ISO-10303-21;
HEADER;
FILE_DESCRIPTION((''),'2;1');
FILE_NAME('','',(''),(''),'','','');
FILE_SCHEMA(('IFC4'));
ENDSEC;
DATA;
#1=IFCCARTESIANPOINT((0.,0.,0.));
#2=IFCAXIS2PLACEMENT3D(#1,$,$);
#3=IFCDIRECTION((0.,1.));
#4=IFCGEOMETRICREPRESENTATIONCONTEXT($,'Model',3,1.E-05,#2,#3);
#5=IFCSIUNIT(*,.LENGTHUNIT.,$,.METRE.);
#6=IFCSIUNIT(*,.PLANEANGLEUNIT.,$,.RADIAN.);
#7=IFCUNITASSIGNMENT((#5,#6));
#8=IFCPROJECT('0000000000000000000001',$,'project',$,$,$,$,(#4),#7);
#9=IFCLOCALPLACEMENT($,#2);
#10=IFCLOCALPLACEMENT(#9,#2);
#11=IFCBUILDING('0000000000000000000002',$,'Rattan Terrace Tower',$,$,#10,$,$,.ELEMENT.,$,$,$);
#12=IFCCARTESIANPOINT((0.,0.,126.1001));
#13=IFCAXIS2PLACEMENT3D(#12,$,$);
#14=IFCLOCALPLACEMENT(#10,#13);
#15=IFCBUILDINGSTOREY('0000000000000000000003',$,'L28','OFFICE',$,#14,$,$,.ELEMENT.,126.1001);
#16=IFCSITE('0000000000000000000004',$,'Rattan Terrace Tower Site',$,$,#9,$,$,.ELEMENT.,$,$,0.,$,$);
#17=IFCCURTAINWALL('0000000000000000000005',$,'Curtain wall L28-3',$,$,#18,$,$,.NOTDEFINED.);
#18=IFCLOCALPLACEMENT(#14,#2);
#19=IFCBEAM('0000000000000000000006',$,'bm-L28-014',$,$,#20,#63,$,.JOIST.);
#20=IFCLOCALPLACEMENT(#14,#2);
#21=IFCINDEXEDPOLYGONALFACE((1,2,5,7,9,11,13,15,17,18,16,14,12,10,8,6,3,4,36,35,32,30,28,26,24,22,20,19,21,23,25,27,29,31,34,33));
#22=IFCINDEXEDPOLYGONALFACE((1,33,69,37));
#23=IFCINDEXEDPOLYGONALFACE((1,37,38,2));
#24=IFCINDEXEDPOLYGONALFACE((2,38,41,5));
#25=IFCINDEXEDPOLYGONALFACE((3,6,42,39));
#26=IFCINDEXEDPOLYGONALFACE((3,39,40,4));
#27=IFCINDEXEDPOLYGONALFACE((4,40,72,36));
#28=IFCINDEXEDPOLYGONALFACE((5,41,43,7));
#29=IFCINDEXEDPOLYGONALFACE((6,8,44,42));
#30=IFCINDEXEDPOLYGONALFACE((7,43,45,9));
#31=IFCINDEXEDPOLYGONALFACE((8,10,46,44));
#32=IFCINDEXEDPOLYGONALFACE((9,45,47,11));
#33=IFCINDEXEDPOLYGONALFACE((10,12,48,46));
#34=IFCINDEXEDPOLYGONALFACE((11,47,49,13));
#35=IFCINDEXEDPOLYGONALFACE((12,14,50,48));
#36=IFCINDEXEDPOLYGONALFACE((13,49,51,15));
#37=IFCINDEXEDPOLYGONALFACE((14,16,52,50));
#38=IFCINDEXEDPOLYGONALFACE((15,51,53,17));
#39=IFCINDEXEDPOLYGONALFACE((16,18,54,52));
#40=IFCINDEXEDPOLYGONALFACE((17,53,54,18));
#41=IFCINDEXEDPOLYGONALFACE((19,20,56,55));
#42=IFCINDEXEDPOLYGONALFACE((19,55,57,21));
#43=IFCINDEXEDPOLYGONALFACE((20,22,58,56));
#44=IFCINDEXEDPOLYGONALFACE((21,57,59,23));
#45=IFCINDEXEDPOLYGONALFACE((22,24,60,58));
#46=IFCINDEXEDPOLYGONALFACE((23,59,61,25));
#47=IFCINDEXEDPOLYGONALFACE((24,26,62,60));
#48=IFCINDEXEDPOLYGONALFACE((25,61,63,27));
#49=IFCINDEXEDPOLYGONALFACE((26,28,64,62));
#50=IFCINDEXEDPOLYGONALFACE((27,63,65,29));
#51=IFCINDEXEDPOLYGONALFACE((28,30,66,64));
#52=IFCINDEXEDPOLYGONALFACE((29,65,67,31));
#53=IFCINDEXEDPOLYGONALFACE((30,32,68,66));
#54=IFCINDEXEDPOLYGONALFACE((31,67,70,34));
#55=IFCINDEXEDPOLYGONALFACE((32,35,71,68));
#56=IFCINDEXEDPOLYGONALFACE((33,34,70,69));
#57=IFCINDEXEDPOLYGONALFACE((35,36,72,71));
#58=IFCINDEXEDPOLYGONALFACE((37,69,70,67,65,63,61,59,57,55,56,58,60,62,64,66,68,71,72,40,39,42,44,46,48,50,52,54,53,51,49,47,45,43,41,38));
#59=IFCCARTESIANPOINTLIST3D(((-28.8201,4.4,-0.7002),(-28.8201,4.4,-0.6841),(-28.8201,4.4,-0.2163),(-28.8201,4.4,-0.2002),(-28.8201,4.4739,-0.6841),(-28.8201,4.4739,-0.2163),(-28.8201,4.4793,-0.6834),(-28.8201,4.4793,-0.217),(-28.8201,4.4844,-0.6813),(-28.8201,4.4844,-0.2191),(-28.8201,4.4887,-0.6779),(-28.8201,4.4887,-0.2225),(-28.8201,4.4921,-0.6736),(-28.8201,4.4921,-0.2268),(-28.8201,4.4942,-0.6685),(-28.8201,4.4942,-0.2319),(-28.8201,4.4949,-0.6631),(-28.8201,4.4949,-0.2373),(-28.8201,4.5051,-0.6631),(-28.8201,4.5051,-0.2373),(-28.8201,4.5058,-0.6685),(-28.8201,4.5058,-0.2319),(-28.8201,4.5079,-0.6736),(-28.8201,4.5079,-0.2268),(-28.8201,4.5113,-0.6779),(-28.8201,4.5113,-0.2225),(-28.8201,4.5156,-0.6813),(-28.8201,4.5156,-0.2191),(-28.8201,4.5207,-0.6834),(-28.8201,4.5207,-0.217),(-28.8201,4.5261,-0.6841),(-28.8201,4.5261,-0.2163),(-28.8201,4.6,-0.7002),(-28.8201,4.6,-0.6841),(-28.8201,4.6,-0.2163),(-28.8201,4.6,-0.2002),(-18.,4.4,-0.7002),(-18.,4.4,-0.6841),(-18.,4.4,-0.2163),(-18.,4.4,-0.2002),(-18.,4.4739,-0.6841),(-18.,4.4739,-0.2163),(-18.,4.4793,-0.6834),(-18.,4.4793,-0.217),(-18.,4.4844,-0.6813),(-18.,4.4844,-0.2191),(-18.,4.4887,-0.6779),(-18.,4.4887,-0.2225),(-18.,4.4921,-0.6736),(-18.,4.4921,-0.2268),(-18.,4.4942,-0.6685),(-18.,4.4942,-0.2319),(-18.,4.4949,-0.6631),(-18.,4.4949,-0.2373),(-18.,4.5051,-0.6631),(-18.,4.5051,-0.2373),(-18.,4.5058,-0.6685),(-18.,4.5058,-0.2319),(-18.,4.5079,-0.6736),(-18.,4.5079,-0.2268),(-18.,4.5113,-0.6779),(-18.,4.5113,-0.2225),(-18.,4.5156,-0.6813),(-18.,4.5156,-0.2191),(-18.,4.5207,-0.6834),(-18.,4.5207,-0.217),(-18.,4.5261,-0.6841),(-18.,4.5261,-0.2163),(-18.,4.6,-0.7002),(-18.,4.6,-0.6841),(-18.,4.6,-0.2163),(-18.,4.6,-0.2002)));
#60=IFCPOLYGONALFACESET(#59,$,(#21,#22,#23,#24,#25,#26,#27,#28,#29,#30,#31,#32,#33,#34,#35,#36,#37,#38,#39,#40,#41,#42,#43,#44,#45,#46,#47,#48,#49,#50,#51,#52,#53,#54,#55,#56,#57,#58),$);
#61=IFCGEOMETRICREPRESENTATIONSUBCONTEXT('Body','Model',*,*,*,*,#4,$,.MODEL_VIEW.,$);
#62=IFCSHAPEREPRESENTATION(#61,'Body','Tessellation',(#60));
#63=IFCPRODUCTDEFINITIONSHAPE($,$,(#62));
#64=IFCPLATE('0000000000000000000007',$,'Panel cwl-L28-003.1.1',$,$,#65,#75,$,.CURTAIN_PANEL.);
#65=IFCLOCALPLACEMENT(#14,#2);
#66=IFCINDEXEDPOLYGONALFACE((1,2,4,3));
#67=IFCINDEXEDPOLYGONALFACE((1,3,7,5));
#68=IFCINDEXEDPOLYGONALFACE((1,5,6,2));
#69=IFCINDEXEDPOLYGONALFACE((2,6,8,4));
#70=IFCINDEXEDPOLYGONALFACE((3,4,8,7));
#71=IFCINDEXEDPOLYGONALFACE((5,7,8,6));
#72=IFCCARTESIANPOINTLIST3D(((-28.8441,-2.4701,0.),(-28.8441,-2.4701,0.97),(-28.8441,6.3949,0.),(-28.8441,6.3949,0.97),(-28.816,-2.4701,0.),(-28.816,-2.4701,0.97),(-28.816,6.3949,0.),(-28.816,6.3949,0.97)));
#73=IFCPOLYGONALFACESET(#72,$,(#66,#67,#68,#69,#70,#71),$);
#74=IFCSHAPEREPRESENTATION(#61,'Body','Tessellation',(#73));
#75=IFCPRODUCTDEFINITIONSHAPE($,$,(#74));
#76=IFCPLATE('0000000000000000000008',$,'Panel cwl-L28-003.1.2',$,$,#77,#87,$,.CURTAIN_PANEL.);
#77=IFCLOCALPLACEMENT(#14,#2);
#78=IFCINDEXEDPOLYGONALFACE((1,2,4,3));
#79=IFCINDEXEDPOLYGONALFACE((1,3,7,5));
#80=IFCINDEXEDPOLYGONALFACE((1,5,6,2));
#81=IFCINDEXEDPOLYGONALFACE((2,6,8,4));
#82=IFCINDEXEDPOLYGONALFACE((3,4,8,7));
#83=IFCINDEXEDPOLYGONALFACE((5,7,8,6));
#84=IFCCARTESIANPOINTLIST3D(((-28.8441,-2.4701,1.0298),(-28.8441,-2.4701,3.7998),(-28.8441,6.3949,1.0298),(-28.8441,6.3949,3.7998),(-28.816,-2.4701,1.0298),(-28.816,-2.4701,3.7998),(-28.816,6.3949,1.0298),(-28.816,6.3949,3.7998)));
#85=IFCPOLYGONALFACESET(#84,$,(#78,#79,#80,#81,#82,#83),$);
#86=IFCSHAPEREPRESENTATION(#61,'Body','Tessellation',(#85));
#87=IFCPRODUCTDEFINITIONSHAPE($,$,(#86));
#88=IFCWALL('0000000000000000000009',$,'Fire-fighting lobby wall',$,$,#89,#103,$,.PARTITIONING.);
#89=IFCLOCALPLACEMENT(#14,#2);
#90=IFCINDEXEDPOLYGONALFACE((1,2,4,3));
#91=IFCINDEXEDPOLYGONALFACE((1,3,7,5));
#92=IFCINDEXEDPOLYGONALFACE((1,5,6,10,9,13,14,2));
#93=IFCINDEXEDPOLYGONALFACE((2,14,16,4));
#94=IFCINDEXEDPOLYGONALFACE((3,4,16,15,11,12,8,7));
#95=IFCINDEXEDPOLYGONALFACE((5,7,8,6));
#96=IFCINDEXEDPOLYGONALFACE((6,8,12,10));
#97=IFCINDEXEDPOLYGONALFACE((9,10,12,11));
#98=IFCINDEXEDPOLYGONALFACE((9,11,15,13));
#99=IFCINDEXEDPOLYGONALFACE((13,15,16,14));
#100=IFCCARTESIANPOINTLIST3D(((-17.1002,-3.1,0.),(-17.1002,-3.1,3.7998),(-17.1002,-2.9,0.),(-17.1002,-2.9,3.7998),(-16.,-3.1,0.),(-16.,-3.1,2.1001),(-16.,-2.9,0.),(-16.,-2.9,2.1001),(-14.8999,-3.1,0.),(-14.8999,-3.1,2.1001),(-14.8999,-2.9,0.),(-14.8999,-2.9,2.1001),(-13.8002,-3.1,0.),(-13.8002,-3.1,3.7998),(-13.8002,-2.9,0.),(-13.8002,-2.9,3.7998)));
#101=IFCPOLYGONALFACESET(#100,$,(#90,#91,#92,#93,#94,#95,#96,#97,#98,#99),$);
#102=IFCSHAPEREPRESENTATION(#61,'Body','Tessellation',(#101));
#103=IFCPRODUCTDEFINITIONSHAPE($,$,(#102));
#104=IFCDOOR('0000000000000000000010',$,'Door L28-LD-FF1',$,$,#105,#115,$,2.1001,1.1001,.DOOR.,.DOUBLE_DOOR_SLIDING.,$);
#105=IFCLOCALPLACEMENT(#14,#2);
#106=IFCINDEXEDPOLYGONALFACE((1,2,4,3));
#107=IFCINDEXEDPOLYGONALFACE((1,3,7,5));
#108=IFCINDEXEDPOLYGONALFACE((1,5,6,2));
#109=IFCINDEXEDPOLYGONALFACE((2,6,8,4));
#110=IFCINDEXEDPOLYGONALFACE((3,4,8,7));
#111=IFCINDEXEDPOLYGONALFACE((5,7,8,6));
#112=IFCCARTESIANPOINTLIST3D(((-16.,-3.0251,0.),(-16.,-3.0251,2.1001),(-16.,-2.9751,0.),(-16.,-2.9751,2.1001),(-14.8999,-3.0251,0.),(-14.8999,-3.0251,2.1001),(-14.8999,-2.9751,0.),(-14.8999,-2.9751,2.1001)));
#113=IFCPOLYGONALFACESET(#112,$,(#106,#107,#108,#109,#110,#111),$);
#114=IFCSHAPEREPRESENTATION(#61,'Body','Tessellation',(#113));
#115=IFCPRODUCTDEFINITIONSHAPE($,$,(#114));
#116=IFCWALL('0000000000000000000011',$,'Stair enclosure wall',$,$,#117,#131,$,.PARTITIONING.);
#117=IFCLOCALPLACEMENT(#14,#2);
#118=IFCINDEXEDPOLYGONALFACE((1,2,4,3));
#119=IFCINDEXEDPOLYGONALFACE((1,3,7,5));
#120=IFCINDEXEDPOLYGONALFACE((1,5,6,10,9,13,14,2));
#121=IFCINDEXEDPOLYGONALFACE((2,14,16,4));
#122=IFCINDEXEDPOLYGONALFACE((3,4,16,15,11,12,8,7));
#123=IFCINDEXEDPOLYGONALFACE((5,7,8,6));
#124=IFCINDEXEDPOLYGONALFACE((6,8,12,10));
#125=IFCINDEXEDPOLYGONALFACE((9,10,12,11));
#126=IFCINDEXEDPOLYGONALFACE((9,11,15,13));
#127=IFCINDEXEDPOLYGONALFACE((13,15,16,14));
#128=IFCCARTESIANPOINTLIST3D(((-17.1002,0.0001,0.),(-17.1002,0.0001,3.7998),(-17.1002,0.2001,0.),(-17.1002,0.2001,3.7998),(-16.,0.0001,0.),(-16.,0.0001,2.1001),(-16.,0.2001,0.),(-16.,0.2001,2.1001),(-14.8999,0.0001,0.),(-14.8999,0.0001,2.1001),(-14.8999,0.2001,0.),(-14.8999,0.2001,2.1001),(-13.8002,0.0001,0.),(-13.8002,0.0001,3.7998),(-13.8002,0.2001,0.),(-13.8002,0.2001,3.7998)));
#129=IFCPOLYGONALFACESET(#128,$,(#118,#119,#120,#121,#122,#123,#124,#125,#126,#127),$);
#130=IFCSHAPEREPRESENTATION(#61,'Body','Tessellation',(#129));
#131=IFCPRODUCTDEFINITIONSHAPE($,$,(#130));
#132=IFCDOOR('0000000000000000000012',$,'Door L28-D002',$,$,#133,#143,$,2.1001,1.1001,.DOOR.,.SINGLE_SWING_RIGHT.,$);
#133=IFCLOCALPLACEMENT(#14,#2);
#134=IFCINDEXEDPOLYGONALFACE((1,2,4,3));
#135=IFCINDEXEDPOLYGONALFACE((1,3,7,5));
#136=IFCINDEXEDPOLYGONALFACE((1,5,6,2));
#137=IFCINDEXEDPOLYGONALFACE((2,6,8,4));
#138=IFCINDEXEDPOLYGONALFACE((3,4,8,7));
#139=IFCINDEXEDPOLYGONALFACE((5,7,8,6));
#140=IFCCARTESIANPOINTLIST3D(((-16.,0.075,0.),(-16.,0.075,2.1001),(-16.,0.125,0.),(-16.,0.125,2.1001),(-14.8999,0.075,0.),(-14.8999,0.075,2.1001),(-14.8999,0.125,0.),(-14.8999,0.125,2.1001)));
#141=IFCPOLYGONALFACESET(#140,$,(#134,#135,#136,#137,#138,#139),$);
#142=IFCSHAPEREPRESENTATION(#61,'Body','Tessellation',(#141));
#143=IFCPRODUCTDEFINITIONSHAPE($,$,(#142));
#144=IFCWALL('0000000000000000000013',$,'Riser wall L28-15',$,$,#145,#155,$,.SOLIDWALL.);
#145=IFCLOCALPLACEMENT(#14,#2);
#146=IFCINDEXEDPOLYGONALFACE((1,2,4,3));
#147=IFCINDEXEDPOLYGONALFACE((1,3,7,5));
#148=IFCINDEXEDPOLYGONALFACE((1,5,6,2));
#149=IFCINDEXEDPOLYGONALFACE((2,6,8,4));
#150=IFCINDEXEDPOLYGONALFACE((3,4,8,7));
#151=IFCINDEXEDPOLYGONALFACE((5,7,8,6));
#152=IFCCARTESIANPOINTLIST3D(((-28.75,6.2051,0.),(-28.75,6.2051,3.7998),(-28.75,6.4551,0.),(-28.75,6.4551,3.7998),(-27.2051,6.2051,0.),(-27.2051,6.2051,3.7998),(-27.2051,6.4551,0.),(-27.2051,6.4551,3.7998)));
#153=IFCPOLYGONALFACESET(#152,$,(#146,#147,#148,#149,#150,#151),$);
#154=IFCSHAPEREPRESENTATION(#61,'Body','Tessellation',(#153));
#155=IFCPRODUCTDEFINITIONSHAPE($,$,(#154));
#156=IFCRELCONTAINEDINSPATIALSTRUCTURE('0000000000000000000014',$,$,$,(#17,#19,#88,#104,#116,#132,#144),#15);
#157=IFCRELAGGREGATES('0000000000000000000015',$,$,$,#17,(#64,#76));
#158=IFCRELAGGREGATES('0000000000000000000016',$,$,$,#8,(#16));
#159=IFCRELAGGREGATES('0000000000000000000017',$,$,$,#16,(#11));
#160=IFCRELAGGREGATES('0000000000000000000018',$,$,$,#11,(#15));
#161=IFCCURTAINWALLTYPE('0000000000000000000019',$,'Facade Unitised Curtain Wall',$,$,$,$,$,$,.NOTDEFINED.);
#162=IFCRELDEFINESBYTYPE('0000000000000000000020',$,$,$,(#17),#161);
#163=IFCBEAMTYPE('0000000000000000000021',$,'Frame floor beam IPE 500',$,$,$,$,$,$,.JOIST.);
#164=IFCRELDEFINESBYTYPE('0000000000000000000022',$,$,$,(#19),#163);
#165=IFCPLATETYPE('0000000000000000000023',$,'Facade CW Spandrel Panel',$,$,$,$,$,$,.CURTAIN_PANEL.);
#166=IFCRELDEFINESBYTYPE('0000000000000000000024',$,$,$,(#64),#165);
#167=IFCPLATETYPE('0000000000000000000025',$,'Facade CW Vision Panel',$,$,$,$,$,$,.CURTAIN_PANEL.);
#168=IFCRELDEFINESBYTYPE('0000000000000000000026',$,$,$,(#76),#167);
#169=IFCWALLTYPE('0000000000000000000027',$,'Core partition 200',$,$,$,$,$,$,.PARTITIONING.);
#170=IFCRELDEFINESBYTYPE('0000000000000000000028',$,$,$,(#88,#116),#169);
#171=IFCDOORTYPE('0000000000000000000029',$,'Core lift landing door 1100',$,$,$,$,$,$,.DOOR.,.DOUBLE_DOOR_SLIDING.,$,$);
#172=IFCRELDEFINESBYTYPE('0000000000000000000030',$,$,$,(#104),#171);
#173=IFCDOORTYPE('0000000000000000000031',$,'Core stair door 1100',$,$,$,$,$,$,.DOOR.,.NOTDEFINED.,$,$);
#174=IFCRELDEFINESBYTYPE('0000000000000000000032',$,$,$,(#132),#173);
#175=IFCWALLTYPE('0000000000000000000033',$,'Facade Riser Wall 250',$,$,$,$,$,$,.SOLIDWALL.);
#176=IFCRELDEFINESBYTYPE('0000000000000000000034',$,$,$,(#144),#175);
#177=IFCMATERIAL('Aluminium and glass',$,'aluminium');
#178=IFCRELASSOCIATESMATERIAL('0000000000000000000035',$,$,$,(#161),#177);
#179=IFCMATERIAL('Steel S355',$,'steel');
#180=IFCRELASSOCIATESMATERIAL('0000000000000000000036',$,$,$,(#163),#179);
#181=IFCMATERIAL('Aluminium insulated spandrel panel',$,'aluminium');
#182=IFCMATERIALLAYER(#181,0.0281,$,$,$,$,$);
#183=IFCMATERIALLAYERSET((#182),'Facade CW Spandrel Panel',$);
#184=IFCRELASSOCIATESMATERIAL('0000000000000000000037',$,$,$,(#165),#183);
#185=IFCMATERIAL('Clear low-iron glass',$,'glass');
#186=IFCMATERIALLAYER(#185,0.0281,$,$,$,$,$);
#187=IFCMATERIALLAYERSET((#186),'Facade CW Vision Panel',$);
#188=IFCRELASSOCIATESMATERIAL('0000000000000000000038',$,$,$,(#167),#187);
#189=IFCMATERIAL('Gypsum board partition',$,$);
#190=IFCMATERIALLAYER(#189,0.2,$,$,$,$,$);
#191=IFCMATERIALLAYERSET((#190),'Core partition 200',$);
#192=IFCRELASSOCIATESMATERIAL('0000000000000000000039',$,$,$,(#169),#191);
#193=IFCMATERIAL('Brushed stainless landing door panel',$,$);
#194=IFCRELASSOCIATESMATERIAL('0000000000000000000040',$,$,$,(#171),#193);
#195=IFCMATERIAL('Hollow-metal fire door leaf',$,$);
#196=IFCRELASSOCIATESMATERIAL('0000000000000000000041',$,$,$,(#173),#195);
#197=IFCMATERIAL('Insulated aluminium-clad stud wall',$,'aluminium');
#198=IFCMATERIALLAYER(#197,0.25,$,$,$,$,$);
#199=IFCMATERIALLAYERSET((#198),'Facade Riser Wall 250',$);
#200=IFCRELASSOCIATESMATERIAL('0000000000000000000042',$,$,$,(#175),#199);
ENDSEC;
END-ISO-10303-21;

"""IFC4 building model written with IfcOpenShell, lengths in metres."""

from ifc_helpers import new_model, si_unit, direction, frame, frame_2d, origin, origin_2d, place, context, subcontext, project, spatial, rectangle, i_section, extrude, material, layer, layer_set, material_profile, profile_set, type_object, element, fill, aggregate, save


model = new_model("IFC4")

# Units and contexts
model_context = context("Model", 3, precision=1e-05, world=origin(), true_north=direction((0.0, 1.0)))
body_context = subcontext(model_context, "Body", "Model", "MODEL_VIEW")
ifc_project = project(units=[si_unit("LENGTHUNIT", "METRE"), si_unit("PLANEANGLEUNIT", "RADIAN")], contexts=[model_context])

# Site, building, storey
site_placement = place(None, origin())
site = spatial("IfcSite", under=ifc_project, at=site_placement, Name="Rattan Terrace Tower Site", CompositionType="ELEMENT", RefElevation=0.0)
building_placement = place(site_placement, origin())
building = spatial("IfcBuilding", under=site, at=building_placement, Name="Rattan Terrace Tower", CompositionType="ELEMENT")
storey_placement = place(building_placement, frame((0.0, 0.0, 126.1001)))
storey = spatial("IfcBuildingStorey", under=building, at=storey_placement, Name="L28", Description="OFFICE", CompositionType="ELEMENT", Elevation=126.1001)

# Curtain wall
ifc_material_1 = material(Name="Aluminium and glass", Category="aluminium")
curtain_wall_type = type_object("IfcCurtainWallType", Name="Facade Unitised Curtain Wall", PredefinedType="NOTDEFINED", material=ifc_material_1)
curtain_wall_placement = place(storey_placement, origin())
curtain_wall = element("IfcCurtainWall", 1, at=curtain_wall_placement, inside=storey, type_object=curtain_wall_type, Name="Curtain wall L28-3", PredefinedType="NOTDEFINED")

# Beam
ifc_material_2 = material(Name="Steel S355", Category="steel")
ifc_material_profile_1 = material_profile(ifc_material_2, i_section(OverallWidth=0.2, OverallDepth=0.5, WebThickness=0.0103, FlangeThickness=0.0161, FilletRadius=0.021, at=origin_2d()), Name="IPE 500")
ifc_profile_set_1 = profile_set([ifc_material_profile_1], Name="Steel S355")
beam_type_1 = type_object("IfcBeamType", Name="Frame floor beam IPE 500", PredefinedType="JOIST", material=ifc_profile_set_1)
for number, where, z_axis, x_axis, name in (
    (2, (-28.8201, 4.5, -0.4502), (1.0, 0.0, 0.0), (0.0, 1.0, 0.0), "bm-L28-014"),
):
    element("IfcBeam", number, at=place(storey_placement, frame(where, z_axis=z_axis, x_axis=x_axis)), inside=storey, type_object=beam_type_1, Name=name, PredefinedType="JOIST", context=body_context, shape_type="SweptSolid", body=[
        extrude(i_section(OverallWidth=0.2, OverallDepth=0.5, WebThickness=0.0103, FlangeThickness=0.0161, FilletRadius=0.021, at=origin_2d()), origin(), (0.0, 0.0, 1.0), 10.8201),
    ])

# Plates
ifc_material_3 = material(Name="Aluminium insulated spandrel panel", Category="aluminium")
ifc_layer_1 = layer(ifc_material_3, 0.0281)
ifc_layer_set_1 = layer_set([ifc_layer_1], Name="Facade CW Spandrel Panel")
plate_type_1 = type_object("IfcPlateType", Name="Facade CW Spandrel Panel", PredefinedType="CURTAIN_PANEL", material=ifc_layer_set_1)
plate_1_placement = place(storey_placement, frame((-28.8301, 1.9624, 0.0), z_axis=(0.0, 0.0, 1.0), x_axis=(0.0, -1.0, 0.0)))
plate_1 = element("IfcPlate", 3, at=plate_1_placement, type_object=plate_type_1, Name="Panel cwl-L28-003.1.1", PredefinedType="CURTAIN_PANEL", context=body_context, shape_type="SweptSolid", body=[
    extrude(rectangle(XDim=8.865, YDim=0.0281, at=origin_2d()), origin(), (0.0, 0.0, 1.0), 0.97),
])
ifc_material_4 = material(Name="Clear low-iron glass", Category="glass")
ifc_layer_2 = layer(ifc_material_4, 0.0281)
ifc_layer_set_2 = layer_set([ifc_layer_2], Name="Facade CW Vision Panel")
plate_type_2 = type_object("IfcPlateType", Name="Facade CW Vision Panel", PredefinedType="CURTAIN_PANEL", material=ifc_layer_set_2)
plate_2_placement = place(storey_placement, frame((-28.8301, 1.9624, 1.0298), z_axis=(0.0, 0.0, 1.0), x_axis=(0.0, -1.0, 0.0)))
plate_2 = element("IfcPlate", 4, at=plate_2_placement, type_object=plate_type_2, Name="Panel cwl-L28-003.1.2", PredefinedType="CURTAIN_PANEL", context=body_context, shape_type="SweptSolid", body=[
    extrude(rectangle(XDim=8.865, YDim=0.0281, at=origin_2d()), origin(), (0.0, 0.0, 1.0), 2.77),
])
aggregate(curtain_wall, [plate_1, plate_2])

# Walls, openings, doors
ifc_material_5 = material(Name="Gypsum board partition")
ifc_layer_3 = layer(ifc_material_5, 0.2)
ifc_layer_set_3 = layer_set([ifc_layer_3], Name="Core partition 200")
wall_type_1 = type_object("IfcWallType", Name="Core partition 200", PredefinedType="PARTITIONING", material=ifc_layer_set_3)
wall_1_placement = place(storey_placement, frame((-17.1001, -3.0, 0.0), z_axis=(0.0, 0.0, 1.0), x_axis=(1.0, 0.0, 0.0)))
wall_1 = element("IfcWall", 5, at=wall_1_placement, inside=storey, type_object=wall_type_1, Name="Fire-fighting lobby wall", PredefinedType="PARTITIONING", context=body_context, shape_type="SweptSolid", body=[
    extrude(rectangle(XDim=3.3, YDim=0.2, at=frame_2d((1.6499, 0.0))), origin(), (0.0, 0.0, 1.0), 3.7998),
])
opening_1_placement = place(wall_1_placement, frame((1.1001, 0.0, 0.0)))
opening_1 = element("IfcOpeningElement", 6, at=opening_1_placement, cuts=wall_1, PredefinedType="OPENING", context=body_context, shape_type="SweptSolid", body=[
    extrude(rectangle(XDim=1.1001, YDim=2.1001, at=frame_2d((0.55, 1.05))), frame((0.0, 0.1106, 0.0), z_axis=(0.0, -1.0, 0.0), x_axis=(1.0, 0.0, 0.0)), (0.0, 0.0, 1.0), 0.2209),
])
ifc_material_6 = material(Name="Brushed stainless landing door panel")
door_type_1 = type_object("IfcDoorType", Name="Core lift landing door 1100", OperationType="DOUBLE_DOOR_SLIDING", PredefinedType="DOOR", material=ifc_material_6)
door_1_placement = place(opening_1_placement, origin())
door_1 = element("IfcDoor", 7, at=door_1_placement, inside=storey, type_object=door_type_1, Name="Door L28-LD-FF1", OperationType="DOUBLE_DOOR_SLIDING", OverallHeight=2.1001, OverallWidth=1.1001, PredefinedType="DOOR", context=body_context, shape_type="SweptSolid", body=[
    extrude(rectangle(XDim=1.1001, YDim=2.1001, at=frame_2d((0.55, 1.05))), frame((0.0, 0.0249, 0.0), z_axis=(0.0, -1.0, 0.0), x_axis=(1.0, 0.0, 0.0)), (0.0, 0.0, 1.0), 0.05),
])
fill(opening_1, door_1)
wall_2_placement = place(storey_placement, frame((-17.1001, 0.1001, 0.0), z_axis=(0.0, 0.0, 1.0), x_axis=(1.0, 0.0, 0.0)))
wall_2 = element("IfcWall", 8, at=wall_2_placement, inside=storey, type_object=wall_type_1, Name="Stair enclosure wall", PredefinedType="PARTITIONING", context=body_context, shape_type="SweptSolid", body=[
    extrude(rectangle(XDim=3.3, YDim=0.2, at=frame_2d((1.6499, 0.0))), origin(), (0.0, 0.0, 1.0), 3.7998),
])
opening_2_placement = place(wall_2_placement, frame((1.1001, 0.0, 0.0)))
opening_2 = element("IfcOpeningElement", 9, at=opening_2_placement, cuts=wall_2, PredefinedType="OPENING", context=body_context, shape_type="SweptSolid", body=[
    extrude(rectangle(XDim=1.1001, YDim=2.1001, at=frame_2d((0.55, 1.05))), frame((0.0, 0.1106, 0.0), z_axis=(0.0, -1.0, 0.0), x_axis=(1.0, 0.0, 0.0)), (0.0, 0.0, 1.0), 0.2209),
])
ifc_material_7 = material(Name="Hollow-metal fire door leaf")
door_type_2 = type_object("IfcDoorType", Name="Core stair door 1100", OperationType="NOTDEFINED", PredefinedType="DOOR", material=ifc_material_7)
door_2_placement = place(opening_2_placement, origin())
door_2 = element("IfcDoor", 10, at=door_2_placement, inside=storey, type_object=door_type_2, Name="Door L28-D002", OperationType="SINGLE_SWING_RIGHT", OverallHeight=2.1001, OverallWidth=1.1001, PredefinedType="DOOR", context=body_context, shape_type="SweptSolid", body=[
    extrude(rectangle(XDim=1.1001, YDim=2.1001, at=frame_2d((0.55, 1.05))), frame((0.0, 0.0249, 0.0), z_axis=(0.0, -1.0, 0.0), x_axis=(1.0, 0.0, 0.0)), (0.0, 0.0, 1.0), 0.05),
])
fill(opening_2, door_2)

# Wall
ifc_material_8 = material(Name="Insulated aluminium-clad stud wall", Category="aluminium")
ifc_layer_4 = layer(ifc_material_8, 0.25)
ifc_layer_set_4 = layer_set([ifc_layer_4], Name="Facade Riser Wall 250")
wall_type_2 = type_object("IfcWallType", Name="Facade Riser Wall 250", PredefinedType="SOLIDWALL", material=ifc_layer_set_4)
wall_3_placement = place(storey_placement, frame((-27.2051, 6.3301, 0.0), z_axis=(0.0, 0.0, 1.0), x_axis=(-1.0, 0.0, 0.0)))
element("IfcWall", 11, at=wall_3_placement, inside=storey, type_object=wall_type_2, Name="Riser wall L28-15", PredefinedType="SOLIDWALL", context=body_context, shape_type="SweptSolid", body=[
    extrude(rectangle(XDim=1.5449, YDim=0.25, at=frame_2d((0.7725, 0.0))), origin(), (0.0, 0.0, 1.0), 3.7998),
])

save(model, "model.ifc")
